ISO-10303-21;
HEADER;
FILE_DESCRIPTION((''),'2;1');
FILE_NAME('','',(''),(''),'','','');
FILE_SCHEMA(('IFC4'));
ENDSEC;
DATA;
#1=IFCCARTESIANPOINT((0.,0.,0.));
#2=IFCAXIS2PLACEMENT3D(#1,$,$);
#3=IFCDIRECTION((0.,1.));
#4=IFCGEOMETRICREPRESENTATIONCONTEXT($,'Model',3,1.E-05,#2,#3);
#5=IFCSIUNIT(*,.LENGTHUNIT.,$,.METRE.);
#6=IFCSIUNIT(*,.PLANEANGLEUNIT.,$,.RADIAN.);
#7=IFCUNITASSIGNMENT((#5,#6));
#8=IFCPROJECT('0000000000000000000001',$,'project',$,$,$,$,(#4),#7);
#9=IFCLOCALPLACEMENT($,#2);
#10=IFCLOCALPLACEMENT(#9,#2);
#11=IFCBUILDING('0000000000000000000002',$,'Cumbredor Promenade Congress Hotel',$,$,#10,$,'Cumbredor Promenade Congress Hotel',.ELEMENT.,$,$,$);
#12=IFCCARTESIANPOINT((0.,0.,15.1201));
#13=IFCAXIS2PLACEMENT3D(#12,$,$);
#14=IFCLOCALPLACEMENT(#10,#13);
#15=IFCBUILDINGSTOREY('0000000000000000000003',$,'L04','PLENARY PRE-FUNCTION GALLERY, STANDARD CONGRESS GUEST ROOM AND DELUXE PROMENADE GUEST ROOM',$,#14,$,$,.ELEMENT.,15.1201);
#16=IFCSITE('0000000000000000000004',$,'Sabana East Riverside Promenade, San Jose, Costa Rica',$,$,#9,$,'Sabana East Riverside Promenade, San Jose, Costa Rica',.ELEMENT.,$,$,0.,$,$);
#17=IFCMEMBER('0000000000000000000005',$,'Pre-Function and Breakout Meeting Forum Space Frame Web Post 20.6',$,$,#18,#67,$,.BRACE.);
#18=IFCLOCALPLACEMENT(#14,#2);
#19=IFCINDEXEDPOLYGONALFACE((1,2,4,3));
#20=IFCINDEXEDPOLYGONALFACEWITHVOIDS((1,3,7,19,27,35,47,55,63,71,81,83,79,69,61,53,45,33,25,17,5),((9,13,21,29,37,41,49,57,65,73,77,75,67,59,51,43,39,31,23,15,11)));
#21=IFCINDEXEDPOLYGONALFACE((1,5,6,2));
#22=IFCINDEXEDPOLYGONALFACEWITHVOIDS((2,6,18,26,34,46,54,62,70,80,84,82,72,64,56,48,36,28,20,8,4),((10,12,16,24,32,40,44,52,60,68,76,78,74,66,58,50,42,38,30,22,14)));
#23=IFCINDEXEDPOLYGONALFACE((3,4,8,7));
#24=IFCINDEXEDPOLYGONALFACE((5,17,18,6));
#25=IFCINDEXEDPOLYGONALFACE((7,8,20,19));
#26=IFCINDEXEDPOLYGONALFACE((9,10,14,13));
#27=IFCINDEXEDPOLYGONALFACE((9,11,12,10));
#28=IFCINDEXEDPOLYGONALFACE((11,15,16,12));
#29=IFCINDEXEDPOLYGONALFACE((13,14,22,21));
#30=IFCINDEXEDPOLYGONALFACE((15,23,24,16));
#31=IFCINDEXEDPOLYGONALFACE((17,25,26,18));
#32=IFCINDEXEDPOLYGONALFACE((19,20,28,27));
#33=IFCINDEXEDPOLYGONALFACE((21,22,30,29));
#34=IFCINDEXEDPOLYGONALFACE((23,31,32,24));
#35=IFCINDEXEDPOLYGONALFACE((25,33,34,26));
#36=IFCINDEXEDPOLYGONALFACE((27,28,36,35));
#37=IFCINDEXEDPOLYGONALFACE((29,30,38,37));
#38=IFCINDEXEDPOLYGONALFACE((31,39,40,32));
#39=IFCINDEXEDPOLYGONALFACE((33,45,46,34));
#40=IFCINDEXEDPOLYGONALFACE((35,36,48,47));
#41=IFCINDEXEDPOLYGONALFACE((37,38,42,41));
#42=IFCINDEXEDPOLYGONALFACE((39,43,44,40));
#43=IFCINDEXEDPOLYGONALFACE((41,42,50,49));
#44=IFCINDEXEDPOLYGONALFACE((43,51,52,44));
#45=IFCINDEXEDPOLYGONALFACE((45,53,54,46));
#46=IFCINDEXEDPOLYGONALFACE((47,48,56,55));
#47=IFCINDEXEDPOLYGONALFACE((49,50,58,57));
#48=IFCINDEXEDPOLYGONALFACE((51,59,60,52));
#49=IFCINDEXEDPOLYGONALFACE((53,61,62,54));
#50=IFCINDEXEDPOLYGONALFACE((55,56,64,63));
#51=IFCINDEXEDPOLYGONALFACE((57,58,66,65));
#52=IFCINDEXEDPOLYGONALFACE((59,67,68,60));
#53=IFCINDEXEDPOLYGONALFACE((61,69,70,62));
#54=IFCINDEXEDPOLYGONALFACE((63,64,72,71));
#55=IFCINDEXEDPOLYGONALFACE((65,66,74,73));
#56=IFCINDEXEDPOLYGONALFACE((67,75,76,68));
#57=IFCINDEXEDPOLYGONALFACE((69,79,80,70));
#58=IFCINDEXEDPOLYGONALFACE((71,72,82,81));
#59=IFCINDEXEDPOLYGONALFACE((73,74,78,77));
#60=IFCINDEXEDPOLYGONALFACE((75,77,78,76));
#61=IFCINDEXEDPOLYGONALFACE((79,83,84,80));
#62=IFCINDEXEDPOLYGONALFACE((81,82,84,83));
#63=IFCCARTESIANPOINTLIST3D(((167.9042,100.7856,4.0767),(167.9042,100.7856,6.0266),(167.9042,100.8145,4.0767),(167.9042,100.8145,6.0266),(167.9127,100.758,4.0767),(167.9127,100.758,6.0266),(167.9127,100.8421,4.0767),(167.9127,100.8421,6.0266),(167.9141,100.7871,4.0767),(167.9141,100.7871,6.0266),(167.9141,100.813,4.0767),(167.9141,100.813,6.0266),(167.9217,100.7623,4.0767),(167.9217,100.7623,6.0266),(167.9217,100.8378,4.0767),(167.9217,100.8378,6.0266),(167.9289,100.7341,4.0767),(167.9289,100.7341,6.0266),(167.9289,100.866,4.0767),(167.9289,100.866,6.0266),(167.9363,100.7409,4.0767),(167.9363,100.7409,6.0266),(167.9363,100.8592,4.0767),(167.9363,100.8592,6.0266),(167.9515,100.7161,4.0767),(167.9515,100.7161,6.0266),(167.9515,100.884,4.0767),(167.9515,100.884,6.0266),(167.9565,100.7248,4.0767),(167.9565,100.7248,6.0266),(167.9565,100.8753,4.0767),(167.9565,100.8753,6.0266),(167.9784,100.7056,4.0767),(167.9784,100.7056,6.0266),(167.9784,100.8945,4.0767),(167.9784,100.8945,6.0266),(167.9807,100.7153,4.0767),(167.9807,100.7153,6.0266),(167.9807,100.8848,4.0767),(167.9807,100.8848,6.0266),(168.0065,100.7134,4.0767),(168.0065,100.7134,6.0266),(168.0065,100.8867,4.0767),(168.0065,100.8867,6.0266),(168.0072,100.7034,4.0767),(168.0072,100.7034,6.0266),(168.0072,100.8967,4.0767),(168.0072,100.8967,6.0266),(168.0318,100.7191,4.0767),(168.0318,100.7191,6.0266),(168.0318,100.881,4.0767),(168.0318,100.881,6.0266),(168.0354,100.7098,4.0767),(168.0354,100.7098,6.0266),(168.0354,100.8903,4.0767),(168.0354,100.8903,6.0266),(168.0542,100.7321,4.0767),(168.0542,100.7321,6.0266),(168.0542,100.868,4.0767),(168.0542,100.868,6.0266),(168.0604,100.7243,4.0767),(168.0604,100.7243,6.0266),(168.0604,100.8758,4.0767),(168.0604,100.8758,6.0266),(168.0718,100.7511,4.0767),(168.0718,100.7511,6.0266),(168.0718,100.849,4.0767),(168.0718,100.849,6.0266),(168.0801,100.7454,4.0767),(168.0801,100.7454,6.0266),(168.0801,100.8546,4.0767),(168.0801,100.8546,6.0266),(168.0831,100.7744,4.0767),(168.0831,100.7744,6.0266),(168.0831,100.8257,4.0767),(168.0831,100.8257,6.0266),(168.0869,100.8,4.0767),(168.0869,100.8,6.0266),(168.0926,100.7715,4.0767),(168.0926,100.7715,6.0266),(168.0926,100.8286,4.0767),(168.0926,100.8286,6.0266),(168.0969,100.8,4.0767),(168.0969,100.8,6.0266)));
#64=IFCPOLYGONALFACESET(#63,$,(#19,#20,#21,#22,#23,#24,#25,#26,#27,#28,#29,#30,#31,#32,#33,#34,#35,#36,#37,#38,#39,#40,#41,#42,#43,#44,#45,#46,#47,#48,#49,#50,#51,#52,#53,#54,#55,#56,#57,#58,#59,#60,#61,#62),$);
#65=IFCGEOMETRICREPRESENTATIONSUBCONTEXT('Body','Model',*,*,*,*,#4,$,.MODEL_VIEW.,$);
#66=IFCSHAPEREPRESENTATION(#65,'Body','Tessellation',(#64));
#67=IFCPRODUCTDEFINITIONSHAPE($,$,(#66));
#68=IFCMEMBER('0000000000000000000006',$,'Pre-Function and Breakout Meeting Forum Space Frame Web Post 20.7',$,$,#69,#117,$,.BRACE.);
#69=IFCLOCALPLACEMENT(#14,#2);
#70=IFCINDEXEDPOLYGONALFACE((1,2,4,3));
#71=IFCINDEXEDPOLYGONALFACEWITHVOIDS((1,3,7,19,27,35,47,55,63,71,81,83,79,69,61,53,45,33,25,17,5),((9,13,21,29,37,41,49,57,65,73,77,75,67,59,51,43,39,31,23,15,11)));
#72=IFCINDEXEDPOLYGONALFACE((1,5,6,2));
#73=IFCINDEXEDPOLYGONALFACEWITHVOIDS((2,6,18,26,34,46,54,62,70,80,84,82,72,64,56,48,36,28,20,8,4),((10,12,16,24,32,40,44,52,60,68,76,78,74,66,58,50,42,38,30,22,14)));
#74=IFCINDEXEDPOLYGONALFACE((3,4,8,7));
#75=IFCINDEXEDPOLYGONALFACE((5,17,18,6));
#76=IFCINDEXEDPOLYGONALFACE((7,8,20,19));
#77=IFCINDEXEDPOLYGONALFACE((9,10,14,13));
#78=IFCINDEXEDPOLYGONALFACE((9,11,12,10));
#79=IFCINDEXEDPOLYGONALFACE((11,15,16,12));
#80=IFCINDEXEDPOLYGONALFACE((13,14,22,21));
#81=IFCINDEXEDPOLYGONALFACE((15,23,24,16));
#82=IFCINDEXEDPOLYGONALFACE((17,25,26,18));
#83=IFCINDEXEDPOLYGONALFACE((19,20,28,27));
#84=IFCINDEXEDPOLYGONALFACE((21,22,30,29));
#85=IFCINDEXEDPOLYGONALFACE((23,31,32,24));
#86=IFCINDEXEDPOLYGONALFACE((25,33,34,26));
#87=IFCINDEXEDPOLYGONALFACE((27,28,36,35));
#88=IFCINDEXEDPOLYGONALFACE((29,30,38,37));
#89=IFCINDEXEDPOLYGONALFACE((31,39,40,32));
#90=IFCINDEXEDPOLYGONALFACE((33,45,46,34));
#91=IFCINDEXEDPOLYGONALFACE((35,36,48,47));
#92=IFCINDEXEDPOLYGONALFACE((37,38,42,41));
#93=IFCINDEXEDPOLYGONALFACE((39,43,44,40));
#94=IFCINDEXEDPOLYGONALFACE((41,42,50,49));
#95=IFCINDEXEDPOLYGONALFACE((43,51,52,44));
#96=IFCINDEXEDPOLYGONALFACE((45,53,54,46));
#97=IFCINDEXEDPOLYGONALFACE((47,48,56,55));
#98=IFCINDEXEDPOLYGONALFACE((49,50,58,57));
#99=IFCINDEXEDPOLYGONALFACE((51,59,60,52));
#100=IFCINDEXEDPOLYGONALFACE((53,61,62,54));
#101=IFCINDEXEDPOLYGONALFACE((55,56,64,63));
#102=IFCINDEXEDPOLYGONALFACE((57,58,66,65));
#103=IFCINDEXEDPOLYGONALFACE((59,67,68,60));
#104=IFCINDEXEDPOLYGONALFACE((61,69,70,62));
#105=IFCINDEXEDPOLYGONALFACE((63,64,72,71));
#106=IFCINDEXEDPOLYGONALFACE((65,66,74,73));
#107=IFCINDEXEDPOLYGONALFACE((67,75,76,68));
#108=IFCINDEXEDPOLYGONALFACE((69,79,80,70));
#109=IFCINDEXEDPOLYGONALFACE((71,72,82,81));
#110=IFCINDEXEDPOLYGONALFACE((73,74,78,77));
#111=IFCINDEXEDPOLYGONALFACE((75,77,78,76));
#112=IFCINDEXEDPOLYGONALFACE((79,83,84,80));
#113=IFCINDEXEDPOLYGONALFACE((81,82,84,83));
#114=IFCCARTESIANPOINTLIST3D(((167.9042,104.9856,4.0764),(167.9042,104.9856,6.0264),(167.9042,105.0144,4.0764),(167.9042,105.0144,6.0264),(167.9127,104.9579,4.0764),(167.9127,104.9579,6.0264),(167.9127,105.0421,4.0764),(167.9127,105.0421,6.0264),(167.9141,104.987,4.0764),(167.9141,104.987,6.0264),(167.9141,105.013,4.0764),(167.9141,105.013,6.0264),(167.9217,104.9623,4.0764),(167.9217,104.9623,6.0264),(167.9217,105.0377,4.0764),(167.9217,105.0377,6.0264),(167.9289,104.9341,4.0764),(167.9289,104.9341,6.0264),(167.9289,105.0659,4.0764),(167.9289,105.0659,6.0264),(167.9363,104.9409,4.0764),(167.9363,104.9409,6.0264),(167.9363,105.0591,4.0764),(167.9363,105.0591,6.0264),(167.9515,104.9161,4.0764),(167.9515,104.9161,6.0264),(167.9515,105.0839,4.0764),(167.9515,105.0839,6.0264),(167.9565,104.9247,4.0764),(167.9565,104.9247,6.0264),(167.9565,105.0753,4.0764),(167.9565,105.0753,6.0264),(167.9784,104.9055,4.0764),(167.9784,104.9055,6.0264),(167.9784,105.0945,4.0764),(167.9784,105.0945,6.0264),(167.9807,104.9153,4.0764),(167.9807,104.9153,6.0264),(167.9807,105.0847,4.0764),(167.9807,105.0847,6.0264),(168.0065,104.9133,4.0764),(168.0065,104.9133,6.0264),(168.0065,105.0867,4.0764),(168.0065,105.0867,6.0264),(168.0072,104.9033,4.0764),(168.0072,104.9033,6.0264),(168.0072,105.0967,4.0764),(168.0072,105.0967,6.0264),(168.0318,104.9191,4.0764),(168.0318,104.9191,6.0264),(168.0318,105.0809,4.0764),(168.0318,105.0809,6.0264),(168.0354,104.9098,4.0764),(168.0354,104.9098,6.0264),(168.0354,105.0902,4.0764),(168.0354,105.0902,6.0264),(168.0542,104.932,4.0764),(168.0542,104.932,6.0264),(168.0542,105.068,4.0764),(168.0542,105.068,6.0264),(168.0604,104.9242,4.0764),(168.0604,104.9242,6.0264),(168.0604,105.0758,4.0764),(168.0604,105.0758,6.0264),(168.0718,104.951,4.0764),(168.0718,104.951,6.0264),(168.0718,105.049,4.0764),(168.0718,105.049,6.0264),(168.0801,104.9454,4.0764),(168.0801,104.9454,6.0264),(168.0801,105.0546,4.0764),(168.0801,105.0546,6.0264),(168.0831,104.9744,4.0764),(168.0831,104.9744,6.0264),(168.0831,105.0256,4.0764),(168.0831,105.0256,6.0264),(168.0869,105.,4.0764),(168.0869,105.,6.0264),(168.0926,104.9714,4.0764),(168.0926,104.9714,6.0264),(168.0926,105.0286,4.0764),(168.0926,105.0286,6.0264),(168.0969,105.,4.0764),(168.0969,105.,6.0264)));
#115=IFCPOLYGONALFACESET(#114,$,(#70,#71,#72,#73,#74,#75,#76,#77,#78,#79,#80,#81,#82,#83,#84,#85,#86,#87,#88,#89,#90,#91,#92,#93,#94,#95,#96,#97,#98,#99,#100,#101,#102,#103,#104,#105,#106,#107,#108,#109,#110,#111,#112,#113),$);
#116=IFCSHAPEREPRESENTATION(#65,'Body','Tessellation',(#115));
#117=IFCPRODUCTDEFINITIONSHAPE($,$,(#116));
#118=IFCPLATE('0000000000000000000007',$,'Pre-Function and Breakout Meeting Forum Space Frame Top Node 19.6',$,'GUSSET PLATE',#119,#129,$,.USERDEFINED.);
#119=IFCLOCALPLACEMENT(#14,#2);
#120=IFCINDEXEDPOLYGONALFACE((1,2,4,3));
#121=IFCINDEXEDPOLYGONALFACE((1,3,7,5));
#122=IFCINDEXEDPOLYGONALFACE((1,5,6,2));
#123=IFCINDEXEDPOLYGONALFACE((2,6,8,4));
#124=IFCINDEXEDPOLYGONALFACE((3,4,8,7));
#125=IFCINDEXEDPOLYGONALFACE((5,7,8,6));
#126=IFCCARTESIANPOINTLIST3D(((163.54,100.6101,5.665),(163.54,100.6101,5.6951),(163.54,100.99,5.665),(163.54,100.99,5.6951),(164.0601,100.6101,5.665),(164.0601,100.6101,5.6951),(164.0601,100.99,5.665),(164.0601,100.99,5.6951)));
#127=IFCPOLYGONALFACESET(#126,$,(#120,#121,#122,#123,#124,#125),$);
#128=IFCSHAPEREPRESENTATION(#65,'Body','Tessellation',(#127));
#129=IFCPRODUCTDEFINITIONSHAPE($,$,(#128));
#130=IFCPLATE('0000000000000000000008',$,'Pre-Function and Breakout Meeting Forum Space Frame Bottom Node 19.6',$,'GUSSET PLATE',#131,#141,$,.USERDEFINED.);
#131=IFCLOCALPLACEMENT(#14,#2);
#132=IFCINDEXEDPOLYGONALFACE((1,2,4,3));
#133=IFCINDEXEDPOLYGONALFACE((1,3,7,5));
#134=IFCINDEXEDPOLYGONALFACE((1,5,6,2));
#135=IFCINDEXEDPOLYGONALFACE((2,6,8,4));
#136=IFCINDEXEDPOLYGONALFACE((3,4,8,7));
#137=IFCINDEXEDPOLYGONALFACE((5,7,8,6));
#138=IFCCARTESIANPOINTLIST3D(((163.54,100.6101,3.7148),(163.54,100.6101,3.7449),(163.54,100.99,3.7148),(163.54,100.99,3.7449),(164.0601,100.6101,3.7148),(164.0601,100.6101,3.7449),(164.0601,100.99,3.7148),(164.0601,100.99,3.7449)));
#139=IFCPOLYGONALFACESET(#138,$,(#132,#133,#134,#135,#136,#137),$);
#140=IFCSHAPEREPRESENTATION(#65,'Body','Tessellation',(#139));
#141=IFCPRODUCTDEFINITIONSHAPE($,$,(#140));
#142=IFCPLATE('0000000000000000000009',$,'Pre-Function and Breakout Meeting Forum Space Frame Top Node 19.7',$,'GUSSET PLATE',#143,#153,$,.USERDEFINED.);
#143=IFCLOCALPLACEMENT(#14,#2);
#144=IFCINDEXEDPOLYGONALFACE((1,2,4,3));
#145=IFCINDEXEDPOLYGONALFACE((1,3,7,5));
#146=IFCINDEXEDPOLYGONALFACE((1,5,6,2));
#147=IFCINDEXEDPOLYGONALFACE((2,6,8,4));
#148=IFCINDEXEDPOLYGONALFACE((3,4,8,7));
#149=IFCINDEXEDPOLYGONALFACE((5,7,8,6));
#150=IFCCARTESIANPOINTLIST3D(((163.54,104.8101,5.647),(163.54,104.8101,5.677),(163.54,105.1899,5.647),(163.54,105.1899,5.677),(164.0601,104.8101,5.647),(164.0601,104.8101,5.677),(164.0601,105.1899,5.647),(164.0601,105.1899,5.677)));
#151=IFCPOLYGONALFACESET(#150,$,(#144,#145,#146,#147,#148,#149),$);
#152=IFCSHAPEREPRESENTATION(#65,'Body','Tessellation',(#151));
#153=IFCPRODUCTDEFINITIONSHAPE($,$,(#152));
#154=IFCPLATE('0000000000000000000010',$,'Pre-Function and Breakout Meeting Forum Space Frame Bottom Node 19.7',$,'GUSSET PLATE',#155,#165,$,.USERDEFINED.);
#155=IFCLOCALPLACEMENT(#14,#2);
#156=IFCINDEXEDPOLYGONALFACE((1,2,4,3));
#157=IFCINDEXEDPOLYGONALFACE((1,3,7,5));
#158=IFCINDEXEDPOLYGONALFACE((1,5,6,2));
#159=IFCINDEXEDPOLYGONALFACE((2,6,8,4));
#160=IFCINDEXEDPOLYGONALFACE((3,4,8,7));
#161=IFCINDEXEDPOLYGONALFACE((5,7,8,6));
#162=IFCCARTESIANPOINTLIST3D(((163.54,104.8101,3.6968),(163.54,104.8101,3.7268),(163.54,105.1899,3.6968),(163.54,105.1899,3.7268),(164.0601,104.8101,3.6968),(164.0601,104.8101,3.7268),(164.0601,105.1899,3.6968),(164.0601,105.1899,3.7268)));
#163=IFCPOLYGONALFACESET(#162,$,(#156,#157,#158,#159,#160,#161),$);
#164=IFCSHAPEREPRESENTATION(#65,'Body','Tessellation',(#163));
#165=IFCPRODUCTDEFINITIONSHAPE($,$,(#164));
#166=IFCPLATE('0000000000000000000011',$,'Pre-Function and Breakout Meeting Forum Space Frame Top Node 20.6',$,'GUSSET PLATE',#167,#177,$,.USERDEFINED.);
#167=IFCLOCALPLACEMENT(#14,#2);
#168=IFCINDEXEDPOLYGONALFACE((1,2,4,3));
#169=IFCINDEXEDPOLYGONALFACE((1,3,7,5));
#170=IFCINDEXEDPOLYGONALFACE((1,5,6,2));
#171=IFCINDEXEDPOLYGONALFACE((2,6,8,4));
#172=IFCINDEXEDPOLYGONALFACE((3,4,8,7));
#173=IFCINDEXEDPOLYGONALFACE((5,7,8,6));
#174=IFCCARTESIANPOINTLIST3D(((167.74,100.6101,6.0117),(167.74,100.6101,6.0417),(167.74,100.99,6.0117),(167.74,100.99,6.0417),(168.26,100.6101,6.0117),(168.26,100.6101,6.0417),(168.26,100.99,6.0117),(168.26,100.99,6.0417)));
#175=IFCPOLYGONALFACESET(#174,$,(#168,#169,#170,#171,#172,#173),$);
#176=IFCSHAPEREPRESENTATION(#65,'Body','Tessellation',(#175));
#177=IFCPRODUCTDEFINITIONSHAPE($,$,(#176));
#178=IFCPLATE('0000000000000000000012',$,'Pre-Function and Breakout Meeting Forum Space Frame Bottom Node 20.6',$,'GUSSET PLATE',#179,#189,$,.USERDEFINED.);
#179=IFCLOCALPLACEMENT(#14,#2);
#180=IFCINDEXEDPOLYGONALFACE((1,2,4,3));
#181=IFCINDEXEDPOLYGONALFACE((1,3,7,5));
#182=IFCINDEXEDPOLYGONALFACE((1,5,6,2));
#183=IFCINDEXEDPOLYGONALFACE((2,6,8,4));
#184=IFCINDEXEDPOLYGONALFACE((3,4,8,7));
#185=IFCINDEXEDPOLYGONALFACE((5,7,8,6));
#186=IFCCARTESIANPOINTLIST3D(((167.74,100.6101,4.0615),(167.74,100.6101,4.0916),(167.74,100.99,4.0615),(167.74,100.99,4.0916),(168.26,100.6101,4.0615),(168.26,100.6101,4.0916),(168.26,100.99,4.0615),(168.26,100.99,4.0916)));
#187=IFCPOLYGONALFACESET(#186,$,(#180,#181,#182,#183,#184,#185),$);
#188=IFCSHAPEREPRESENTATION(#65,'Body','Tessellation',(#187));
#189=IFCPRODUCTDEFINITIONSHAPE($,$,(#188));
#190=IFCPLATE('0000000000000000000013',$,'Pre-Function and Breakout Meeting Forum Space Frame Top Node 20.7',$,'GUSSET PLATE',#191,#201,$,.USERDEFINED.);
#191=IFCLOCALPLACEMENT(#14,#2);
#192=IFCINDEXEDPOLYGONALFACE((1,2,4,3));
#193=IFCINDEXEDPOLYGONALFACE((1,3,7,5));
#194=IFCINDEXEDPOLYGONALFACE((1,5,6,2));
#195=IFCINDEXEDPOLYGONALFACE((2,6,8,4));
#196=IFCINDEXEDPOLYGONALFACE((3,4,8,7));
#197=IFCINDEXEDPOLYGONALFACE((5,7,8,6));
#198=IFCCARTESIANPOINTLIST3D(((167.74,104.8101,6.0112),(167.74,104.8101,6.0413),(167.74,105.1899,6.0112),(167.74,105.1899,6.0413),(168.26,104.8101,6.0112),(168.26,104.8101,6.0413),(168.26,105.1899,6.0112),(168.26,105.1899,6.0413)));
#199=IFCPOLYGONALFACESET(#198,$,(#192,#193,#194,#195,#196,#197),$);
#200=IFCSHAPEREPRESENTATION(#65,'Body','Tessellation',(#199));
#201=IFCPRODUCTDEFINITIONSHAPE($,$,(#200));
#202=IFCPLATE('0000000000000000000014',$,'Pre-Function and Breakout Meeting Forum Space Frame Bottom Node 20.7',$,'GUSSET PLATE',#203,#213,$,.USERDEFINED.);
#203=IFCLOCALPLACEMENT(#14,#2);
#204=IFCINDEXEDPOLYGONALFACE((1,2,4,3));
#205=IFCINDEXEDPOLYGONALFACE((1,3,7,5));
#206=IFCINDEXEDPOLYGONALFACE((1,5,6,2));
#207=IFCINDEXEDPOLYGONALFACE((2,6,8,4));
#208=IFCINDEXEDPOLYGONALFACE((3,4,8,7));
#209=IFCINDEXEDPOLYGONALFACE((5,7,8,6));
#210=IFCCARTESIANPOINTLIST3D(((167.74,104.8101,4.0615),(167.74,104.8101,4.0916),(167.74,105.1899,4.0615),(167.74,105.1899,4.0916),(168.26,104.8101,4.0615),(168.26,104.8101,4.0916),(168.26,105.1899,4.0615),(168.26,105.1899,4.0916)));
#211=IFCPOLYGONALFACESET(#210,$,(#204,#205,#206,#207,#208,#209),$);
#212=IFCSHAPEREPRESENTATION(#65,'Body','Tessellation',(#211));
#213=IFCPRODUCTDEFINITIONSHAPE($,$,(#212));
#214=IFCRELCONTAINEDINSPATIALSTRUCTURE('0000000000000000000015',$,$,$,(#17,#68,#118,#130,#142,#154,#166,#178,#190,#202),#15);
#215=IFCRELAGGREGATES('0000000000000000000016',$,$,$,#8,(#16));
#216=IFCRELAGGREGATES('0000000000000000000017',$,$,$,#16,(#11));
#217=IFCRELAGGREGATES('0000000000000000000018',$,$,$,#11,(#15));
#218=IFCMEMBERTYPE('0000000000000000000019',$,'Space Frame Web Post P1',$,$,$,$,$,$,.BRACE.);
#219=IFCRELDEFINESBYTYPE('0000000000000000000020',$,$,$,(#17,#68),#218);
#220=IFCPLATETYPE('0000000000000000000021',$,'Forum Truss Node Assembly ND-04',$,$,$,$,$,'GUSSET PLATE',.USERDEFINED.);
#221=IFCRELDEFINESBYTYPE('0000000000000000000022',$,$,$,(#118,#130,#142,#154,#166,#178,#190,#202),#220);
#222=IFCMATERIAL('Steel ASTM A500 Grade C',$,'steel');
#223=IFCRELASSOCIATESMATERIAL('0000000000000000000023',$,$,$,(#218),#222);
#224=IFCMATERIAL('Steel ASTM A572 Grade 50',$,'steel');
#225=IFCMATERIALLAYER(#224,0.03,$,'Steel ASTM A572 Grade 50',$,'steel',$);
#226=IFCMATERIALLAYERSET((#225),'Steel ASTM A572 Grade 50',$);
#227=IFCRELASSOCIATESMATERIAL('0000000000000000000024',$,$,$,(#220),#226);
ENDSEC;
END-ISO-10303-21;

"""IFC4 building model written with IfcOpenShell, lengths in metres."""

from ifc_helpers import new_model, si_unit, direction, frame, origin, origin_2d, place, context, subcontext, project, spatial, rectangle, hollow_circle, extrude, material, layer, layer_set, material_profile, profile_set, type_object, element, save


model = new_model("IFC4")

# Units and contexts
model_context = context("Model", 3, precision=1e-05, world=origin(), true_north=direction((0.0, 1.0)))
body_context = subcontext(model_context, "Body", "Model", "MODEL_VIEW")
ifc_project = project(units=[si_unit("LENGTHUNIT", "METRE"), si_unit("PLANEANGLEUNIT", "RADIAN")], contexts=[model_context])

# Site, building, storey
site_placement = place(None, origin())
site = spatial("IfcSite", under=ifc_project, at=site_placement, Name="Sabana East Riverside Promenade, San Jose, Costa Rica", LongName="Sabana East Riverside Promenade, San Jose, Costa Rica", CompositionType="ELEMENT", RefElevation=0.0)
building_placement = place(site_placement, origin())
building = spatial("IfcBuilding", under=site, at=building_placement, Name="Cumbredor Promenade Congress Hotel", LongName="Cumbredor Promenade Congress Hotel", CompositionType="ELEMENT")
storey_placement = place(building_placement, frame((0.0, 0.0, 15.1201)))
storey = spatial("IfcBuildingStorey", under=building, at=storey_placement, Name="L04", Description="PLENARY PRE-FUNCTION GALLERY, STANDARD CONGRESS GUEST ROOM AND DELUXE PROMENADE GUEST ROOM", CompositionType="ELEMENT", Elevation=15.1201)

# Members
ifc_material_1 = material(Name="Steel ASTM A500 Grade C", Category="steel")
ifc_material_profile_1 = material_profile(ifc_material_1, hollow_circle(Radius=0.0969, WallThickness=0.01, at=origin_2d()), Name="CHS 193.7x10")
ifc_profile_set_1 = profile_set([ifc_material_profile_1], Name="Steel ASTM A500 Grade C")
member_type_1 = type_object("IfcMemberType", Name="Space Frame Web Post P1", PredefinedType="BRACE", material=ifc_profile_set_1)
for number, where, z_axis, x_axis, name in (
    (1, (168.0, 100.8, 4.0767), (0.0, 0.0, 1.0), (1.0, 0.0, 0.0), "Pre-Function and Breakout Meeting Forum Space Frame Web Post 20.6"),
    (2, (168.0, 105.0, 4.0764), (0.0, 0.0, 1.0), (1.0, 0.0, 0.0), "Pre-Function and Breakout Meeting Forum Space Frame Web Post 20.7"),
):
    element("IfcMember", number, at=place(storey_placement, frame(where, z_axis=z_axis, x_axis=x_axis)), inside=storey, type_object=member_type_1, Name=name, PredefinedType="BRACE", context=body_context, shape_type="SweptSolid", body=[
        extrude(hollow_circle(Radius=0.0969, WallThickness=0.01, at=origin_2d()), origin(), (0.0, 0.0, 1.0), 1.95),
    ])

# Plates
ifc_material_2 = material(Name="Steel ASTM A572 Grade 50", Category="steel")
ifc_layer = layer(ifc_material_2, 0.03, Name="Steel ASTM A572 Grade 50", Category="steel")
ifc_layer_set = layer_set([ifc_layer], Name="Steel ASTM A572 Grade 50")
plate_type = type_object("IfcPlateType", Name="Forum Truss Node Assembly ND-04", ElementType="GUSSET PLATE", PredefinedType="USERDEFINED", material=ifc_layer_set)
for number, where, z_axis, x_axis, name in (
    (3, (163.8, 100.8, 5.665), (0.0, 0.0, 1.0), (1.0, 0.0, 0.0), "Pre-Function and Breakout Meeting Forum Space Frame Top Node 19.6"),
    (4, (163.8, 100.8, 3.7148), (0.0, 0.0, 1.0), (1.0, 0.0, 0.0), "Pre-Function and Breakout Meeting Forum Space Frame Bottom Node 19.6"),
    (5, (163.8, 105.0, 5.647), (0.0, 0.0, 1.0), (1.0, 0.0, 0.0), "Pre-Function and Breakout Meeting Forum Space Frame Top Node 19.7"),
    (6, (163.8, 105.0, 3.6968), (0.0, 0.0, 1.0), (1.0, 0.0, 0.0), "Pre-Function and Breakout Meeting Forum Space Frame Bottom Node 19.7"),
    (7, (168.0, 100.8, 6.0117), (0.0, 0.0, 1.0), (1.0, 0.0, 0.0), "Pre-Function and Breakout Meeting Forum Space Frame Top Node 20.6"),
    (8, (168.0, 100.8, 4.0615), (0.0, 0.0, 1.0), (1.0, 0.0, 0.0), "Pre-Function and Breakout Meeting Forum Space Frame Bottom Node 20.6"),
    (9, (168.0, 105.0, 6.0112), (0.0, 0.0, 1.0), (1.0, 0.0, 0.0), "Pre-Function and Breakout Meeting Forum Space Frame Top Node 20.7"),
    (10, (168.0, 105.0, 4.0615), (0.0, 0.0, 1.0), (1.0, 0.0, 0.0), "Pre-Function and Breakout Meeting Forum Space Frame Bottom Node 20.7"),
):
    element("IfcPlate", number, at=place(storey_placement, frame(where, z_axis=z_axis, x_axis=x_axis)), inside=storey, type_object=plate_type, Name=name, ObjectType="GUSSET PLATE", PredefinedType="USERDEFINED", context=body_context, shape_type="SweptSolid", body=[
        extrude(rectangle(XDim=0.52, YDim=0.3799, at=origin_2d()), origin(), (0.0, 0.0, 1.0), 0.03),
    ])

save(model, "model.ifc")
